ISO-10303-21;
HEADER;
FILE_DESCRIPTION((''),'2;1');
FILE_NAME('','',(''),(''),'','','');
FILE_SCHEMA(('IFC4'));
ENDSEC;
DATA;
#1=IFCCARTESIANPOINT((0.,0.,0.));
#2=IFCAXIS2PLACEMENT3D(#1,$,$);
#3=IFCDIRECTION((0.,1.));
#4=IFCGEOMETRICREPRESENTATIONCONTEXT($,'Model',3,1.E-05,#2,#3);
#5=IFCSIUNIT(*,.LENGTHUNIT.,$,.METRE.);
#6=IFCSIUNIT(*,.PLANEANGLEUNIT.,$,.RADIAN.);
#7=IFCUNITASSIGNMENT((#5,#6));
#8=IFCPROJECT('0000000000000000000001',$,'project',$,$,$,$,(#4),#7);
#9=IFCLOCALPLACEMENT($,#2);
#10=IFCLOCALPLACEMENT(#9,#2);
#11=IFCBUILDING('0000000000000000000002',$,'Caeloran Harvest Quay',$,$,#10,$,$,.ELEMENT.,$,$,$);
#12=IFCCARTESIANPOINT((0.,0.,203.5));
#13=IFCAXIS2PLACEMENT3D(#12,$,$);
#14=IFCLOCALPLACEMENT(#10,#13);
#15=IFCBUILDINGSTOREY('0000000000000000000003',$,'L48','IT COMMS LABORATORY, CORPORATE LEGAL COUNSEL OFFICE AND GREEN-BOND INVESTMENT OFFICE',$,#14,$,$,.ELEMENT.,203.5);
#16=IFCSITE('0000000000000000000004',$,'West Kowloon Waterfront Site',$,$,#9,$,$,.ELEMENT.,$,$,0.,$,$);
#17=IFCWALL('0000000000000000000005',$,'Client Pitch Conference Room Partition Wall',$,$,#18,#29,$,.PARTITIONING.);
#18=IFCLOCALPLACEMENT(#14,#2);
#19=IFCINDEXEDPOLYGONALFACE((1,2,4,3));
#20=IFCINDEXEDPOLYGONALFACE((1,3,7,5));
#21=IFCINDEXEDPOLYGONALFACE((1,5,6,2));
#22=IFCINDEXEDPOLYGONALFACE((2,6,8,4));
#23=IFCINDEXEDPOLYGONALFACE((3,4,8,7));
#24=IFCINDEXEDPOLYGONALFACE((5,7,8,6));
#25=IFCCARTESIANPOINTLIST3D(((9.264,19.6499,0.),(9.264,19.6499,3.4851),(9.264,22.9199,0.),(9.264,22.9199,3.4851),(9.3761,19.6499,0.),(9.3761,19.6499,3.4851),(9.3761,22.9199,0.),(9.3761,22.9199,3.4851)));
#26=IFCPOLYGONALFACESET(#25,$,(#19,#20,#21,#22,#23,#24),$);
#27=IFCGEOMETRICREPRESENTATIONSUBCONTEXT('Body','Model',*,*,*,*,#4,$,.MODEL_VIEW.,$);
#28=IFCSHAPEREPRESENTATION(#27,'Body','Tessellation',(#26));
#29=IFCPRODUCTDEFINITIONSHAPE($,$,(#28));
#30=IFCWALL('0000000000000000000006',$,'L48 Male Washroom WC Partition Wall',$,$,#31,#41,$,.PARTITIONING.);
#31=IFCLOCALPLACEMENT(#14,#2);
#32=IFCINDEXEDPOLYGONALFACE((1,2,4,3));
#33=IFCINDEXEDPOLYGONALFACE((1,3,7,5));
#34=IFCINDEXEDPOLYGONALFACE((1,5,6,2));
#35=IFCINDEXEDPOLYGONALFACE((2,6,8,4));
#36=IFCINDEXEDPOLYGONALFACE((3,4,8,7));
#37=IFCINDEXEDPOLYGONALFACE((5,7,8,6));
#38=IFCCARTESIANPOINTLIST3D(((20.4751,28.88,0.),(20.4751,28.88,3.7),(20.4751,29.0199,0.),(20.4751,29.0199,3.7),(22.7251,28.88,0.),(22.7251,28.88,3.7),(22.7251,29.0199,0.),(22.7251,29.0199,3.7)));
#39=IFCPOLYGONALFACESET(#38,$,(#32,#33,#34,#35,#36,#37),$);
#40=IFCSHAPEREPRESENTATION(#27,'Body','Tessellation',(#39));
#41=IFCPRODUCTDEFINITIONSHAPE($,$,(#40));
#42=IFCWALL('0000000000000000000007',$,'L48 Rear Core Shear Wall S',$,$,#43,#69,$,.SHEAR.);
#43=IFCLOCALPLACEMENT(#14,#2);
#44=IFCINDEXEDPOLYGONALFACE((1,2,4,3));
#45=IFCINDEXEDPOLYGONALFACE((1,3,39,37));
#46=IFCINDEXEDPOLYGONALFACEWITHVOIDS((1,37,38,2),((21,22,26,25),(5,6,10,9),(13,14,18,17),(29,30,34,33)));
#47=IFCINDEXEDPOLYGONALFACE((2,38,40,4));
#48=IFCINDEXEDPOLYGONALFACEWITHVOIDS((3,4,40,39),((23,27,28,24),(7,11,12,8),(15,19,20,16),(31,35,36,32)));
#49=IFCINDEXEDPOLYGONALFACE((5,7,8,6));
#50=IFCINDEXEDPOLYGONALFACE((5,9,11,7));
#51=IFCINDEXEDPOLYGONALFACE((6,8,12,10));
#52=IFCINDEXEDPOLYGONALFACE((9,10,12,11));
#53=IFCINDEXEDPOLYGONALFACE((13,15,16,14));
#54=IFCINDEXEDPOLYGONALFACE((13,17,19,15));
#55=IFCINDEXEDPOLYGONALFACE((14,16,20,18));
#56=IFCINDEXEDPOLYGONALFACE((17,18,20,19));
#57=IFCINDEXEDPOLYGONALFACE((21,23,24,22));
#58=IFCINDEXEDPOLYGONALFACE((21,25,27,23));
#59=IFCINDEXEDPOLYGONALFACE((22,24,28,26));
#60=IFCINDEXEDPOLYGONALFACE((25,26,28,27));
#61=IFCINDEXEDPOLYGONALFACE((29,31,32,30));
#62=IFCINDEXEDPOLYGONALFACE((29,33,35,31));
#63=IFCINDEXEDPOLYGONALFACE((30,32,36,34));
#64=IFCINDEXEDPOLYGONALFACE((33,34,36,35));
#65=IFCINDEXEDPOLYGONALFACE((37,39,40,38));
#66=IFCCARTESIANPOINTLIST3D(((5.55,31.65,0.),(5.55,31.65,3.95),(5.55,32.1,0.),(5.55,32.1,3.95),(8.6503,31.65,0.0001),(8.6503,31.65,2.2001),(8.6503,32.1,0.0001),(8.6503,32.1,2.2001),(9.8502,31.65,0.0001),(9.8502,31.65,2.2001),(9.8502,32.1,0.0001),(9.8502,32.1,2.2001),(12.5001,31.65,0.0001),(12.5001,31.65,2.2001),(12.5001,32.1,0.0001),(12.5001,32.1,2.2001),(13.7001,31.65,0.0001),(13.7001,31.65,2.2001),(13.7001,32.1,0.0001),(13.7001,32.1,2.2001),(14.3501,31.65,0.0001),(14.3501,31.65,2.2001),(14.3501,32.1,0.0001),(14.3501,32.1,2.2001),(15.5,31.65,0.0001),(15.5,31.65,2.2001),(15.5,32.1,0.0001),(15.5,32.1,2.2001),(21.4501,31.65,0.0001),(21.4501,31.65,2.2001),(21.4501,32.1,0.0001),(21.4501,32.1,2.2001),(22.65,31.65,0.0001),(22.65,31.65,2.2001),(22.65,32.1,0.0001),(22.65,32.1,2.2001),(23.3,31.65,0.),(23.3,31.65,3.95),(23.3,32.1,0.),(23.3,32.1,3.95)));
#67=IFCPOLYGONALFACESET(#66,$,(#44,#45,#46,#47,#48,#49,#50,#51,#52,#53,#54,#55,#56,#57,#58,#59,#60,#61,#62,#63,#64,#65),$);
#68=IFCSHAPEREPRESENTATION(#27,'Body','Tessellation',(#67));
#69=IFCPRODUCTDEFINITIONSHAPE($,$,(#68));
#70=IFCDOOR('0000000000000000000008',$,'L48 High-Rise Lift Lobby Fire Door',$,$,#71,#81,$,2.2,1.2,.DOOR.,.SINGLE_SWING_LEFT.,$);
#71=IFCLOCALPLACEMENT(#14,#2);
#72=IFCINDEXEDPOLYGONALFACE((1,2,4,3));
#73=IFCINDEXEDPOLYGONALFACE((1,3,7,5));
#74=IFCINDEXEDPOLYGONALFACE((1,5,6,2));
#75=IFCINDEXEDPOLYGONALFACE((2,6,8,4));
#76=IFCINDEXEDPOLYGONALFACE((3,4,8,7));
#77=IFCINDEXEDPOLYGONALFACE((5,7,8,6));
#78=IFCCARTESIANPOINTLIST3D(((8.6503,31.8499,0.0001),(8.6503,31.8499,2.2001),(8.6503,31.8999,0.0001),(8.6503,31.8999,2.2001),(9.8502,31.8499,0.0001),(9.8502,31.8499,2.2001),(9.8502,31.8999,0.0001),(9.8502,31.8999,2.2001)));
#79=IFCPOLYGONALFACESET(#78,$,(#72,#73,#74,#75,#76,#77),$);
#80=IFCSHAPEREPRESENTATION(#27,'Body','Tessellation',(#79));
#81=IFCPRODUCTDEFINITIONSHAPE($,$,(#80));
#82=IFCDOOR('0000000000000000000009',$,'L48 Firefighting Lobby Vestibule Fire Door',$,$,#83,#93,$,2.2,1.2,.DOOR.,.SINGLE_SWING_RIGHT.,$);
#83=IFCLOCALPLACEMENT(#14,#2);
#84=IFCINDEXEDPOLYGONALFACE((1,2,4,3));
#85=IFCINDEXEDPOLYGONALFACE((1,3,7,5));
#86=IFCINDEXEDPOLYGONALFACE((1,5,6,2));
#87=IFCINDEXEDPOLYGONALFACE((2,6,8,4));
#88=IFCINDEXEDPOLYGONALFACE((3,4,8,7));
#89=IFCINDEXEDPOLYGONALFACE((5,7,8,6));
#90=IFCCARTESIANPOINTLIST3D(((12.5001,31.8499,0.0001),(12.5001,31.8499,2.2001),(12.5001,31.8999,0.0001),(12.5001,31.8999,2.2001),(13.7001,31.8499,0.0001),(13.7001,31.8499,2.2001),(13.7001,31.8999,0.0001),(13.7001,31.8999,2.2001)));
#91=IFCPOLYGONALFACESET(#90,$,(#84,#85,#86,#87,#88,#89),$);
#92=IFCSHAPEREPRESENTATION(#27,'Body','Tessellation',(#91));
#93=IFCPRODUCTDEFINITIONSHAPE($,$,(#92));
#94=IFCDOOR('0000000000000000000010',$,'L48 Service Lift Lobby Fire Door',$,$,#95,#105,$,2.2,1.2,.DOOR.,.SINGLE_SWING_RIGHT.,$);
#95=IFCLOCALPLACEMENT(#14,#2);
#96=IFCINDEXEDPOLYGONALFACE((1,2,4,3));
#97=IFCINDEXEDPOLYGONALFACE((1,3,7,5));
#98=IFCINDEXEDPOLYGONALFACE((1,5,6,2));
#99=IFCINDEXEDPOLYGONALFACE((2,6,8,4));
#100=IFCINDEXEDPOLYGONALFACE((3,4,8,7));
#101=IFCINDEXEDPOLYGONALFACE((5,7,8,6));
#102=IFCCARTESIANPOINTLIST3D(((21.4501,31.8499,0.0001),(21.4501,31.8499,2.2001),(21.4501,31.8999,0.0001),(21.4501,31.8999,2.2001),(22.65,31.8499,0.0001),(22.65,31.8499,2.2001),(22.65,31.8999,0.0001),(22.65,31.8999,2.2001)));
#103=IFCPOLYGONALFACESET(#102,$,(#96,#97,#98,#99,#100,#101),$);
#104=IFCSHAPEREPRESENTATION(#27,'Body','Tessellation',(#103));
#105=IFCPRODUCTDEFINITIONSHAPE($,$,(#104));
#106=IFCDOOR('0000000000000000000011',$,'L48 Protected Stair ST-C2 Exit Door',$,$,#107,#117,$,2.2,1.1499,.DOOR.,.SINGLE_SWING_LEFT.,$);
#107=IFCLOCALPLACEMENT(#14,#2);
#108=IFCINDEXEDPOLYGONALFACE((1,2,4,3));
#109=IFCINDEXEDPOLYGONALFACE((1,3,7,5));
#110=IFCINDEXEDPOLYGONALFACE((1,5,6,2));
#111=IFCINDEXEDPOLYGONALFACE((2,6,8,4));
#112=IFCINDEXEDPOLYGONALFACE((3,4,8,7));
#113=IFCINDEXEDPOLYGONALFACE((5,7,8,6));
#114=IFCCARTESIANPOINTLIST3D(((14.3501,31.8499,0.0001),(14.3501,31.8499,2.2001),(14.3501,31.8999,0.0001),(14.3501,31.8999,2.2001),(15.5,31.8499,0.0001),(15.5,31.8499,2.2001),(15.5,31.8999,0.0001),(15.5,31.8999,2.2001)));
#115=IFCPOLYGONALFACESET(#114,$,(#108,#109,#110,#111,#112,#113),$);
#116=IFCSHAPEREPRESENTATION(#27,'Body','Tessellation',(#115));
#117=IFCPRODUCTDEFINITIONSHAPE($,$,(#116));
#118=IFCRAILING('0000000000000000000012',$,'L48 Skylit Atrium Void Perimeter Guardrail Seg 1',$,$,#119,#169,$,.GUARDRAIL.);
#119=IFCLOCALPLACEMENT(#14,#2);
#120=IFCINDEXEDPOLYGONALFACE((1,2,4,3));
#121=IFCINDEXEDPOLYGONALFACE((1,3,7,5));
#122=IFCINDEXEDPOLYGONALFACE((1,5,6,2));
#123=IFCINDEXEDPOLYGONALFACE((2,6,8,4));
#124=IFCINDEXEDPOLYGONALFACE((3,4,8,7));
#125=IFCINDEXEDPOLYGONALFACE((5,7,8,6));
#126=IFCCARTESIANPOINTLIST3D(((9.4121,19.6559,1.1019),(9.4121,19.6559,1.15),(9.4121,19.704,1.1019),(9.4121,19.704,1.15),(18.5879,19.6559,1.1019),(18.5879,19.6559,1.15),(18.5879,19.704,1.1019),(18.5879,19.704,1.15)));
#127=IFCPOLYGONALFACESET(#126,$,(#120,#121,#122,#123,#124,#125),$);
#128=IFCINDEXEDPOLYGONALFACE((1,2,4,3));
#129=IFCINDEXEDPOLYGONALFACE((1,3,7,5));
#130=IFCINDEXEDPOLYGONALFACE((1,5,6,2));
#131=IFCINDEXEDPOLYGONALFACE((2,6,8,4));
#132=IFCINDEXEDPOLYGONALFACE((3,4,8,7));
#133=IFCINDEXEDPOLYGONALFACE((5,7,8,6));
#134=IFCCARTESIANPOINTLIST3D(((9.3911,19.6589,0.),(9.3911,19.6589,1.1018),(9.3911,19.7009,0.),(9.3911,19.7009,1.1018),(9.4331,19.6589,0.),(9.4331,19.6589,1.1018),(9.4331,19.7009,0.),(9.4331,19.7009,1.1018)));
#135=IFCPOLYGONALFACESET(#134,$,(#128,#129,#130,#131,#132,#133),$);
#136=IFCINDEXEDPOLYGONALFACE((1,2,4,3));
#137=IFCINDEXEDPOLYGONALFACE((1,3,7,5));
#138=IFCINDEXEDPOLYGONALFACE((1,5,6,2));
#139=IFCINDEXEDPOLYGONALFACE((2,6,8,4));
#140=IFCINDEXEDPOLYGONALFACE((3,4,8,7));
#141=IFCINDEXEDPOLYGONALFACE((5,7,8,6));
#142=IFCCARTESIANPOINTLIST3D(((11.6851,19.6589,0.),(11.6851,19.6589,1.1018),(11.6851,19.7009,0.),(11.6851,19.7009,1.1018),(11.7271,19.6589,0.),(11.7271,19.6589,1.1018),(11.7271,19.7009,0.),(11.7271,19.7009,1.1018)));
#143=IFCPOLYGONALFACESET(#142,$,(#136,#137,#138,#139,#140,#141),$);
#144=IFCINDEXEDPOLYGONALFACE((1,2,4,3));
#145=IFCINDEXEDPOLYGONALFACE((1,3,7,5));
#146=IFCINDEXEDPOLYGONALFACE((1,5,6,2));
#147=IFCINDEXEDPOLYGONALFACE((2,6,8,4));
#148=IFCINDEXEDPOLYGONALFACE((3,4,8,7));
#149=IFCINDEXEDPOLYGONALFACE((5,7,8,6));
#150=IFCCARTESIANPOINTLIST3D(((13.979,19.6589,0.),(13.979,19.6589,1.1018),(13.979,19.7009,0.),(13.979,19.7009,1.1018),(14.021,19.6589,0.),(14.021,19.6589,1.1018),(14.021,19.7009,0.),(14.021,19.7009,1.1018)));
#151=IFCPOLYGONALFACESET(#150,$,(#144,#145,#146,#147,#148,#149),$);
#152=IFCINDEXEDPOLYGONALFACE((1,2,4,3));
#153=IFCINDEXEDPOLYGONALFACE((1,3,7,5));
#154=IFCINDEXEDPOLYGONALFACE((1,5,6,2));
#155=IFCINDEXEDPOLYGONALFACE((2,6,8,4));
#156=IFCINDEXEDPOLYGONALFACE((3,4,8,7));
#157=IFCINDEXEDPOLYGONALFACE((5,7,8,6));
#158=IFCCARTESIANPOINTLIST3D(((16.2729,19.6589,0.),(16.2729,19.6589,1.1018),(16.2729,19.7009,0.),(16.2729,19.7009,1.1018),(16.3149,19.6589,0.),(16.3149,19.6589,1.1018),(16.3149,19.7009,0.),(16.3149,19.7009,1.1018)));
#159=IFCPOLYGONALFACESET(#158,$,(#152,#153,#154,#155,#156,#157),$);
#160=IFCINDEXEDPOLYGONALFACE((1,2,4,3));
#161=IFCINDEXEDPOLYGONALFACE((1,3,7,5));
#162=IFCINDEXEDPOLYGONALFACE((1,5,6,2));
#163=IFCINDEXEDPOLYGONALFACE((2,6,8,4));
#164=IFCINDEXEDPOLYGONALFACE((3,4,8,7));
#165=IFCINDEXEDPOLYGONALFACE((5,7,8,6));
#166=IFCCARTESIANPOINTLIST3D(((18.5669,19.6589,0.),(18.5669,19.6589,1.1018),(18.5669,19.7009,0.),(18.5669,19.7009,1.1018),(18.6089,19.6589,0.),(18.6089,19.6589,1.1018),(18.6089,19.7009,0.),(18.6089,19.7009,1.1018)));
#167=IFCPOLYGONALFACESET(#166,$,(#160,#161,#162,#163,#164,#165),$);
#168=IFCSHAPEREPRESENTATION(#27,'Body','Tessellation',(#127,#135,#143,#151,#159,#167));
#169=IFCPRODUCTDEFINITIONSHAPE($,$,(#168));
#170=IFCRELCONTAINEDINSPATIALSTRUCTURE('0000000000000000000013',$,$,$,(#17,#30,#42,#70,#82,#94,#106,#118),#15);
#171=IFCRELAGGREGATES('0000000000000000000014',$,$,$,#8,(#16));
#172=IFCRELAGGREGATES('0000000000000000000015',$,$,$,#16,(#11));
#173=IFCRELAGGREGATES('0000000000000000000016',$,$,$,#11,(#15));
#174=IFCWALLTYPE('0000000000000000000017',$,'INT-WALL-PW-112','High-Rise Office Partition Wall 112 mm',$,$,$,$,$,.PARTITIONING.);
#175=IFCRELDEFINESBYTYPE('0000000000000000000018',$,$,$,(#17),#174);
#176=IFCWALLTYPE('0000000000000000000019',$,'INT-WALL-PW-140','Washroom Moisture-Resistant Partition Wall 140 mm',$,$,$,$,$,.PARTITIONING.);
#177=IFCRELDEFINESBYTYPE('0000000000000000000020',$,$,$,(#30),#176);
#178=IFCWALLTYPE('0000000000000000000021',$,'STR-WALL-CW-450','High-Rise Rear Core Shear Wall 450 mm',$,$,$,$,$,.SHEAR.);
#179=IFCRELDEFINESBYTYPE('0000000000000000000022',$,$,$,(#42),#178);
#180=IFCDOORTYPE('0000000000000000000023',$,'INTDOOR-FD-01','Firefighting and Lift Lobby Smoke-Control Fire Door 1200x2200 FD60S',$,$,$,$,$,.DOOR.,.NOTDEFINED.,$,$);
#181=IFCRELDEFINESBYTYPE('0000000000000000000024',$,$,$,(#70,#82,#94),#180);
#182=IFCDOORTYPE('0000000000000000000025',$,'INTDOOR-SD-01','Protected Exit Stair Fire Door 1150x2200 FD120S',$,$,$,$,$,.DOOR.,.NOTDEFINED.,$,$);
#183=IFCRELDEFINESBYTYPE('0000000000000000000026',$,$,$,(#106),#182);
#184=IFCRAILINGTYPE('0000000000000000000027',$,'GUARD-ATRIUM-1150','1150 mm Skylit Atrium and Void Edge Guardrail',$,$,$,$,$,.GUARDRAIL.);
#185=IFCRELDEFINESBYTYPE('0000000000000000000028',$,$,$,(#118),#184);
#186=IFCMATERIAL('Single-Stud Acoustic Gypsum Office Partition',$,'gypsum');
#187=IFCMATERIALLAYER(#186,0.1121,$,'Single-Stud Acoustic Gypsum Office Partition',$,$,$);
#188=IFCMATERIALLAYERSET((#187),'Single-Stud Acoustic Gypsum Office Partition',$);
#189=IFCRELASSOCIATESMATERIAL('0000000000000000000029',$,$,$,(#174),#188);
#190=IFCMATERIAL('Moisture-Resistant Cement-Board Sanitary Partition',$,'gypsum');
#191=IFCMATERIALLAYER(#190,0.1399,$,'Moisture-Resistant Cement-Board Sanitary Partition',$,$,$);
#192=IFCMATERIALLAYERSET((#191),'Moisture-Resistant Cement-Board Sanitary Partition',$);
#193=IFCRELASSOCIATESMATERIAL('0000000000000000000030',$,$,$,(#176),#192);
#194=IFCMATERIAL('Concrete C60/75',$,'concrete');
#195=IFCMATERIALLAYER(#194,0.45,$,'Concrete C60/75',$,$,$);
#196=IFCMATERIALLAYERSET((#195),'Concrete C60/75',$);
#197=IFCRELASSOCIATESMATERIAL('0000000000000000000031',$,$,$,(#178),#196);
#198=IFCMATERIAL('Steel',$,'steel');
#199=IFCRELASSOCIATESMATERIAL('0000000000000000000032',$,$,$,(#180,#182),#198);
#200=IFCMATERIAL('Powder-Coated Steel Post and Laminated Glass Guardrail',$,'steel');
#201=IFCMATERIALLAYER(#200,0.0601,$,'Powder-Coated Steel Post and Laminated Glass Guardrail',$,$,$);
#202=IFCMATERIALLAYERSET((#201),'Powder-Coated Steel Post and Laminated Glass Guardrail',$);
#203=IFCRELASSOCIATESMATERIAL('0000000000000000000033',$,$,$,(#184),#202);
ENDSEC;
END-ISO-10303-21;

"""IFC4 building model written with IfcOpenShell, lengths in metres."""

from ifc_helpers import new_model, si_unit, direction, frame, frame_2d, origin, origin_2d, place, context, subcontext, project, spatial, rectangle, extrude, material, layer, layer_set, type_object, element, fill, save


model = new_model("IFC4")

# Units and contexts
model_context = context("Model", 3, precision=1e-05, world=origin(), true_north=direction((0.0, 1.0)))
body_context = subcontext(model_context, "Body", "Model", "MODEL_VIEW")
ifc_project = project(units=[si_unit("LENGTHUNIT", "METRE"), si_unit("PLANEANGLEUNIT", "RADIAN")], contexts=[model_context])

# Site, building, storey
site_placement = place(None, origin())
site = spatial("IfcSite", under=ifc_project, at=site_placement, Name="West Kowloon Waterfront Site", CompositionType="ELEMENT", RefElevation=0.0)
building_placement = place(site_placement, origin())
building = spatial("IfcBuilding", under=site, at=building_placement, Name="Caeloran Harvest Quay", CompositionType="ELEMENT")
storey_placement = place(building_placement, frame((0.0, 0.0, 203.5)))
storey = spatial("IfcBuildingStorey", under=building, at=storey_placement, Name="L48", Description="IT COMMS LABORATORY, CORPORATE LEGAL COUNSEL OFFICE AND GREEN-BOND INVESTMENT OFFICE", CompositionType="ELEMENT", Elevation=203.5)

# Shared definitions
ifc_material_1 = material(Name="Concrete C60/75", Category="concrete")

# Shared definitions
ifc_material_2 = material(Name="Single-Stud Acoustic Gypsum Office Partition", Category="gypsum")
ifc_layer_1 = layer(ifc_material_2, 0.1121, Name="Single-Stud Acoustic Gypsum Office Partition")
ifc_layer_set_1 = layer_set([ifc_layer_1], Name="Single-Stud Acoustic Gypsum Office Partition")
wall_type_1 = type_object("IfcWallType", Name="INT-WALL-PW-112", Description="High-Rise Office Partition Wall 112 mm", PredefinedType="PARTITIONING", material=ifc_layer_set_1)

# Wall
wall_1_placement = place(storey_placement, frame((9.3201, 22.9199, 0.0), z_axis=(0.0, 0.0, 1.0), x_axis=(0.0, -1.0, 0.0)))
element("IfcWall", 1, at=wall_1_placement, inside=storey, type_object=wall_type_1, Name="Client Pitch Conference Room Partition Wall", PredefinedType="PARTITIONING", context=body_context, shape_type="SweptSolid", body=[
    extrude(rectangle(XDim=3.27, YDim=0.1121, at=frame_2d((1.635, 0.0))), origin(), (0.0, 0.0, 1.0), 3.4851),
])

# Shared definitions
ifc_material_3 = material(Name="Moisture-Resistant Cement-Board Sanitary Partition", Category="gypsum")
ifc_layer_2 = layer(ifc_material_3, 0.1399, Name="Moisture-Resistant Cement-Board Sanitary Partition")
ifc_layer_set_2 = layer_set([ifc_layer_2], Name="Moisture-Resistant Cement-Board Sanitary Partition")
wall_type_2 = type_object("IfcWallType", Name="INT-WALL-PW-140", Description="Washroom Moisture-Resistant Partition Wall 140 mm", PredefinedType="PARTITIONING", material=ifc_layer_set_2)

# Wall
wall_2_placement = place(storey_placement, frame((20.4751, 28.95, 0.0), z_axis=(0.0, 0.0, 1.0), x_axis=(1.0, 0.0, 0.0)))
element("IfcWall", 2, at=wall_2_placement, inside=storey, type_object=wall_type_2, Name="L48 Male Washroom WC Partition Wall", PredefinedType="PARTITIONING", context=body_context, shape_type="SweptSolid", body=[
    extrude(rectangle(XDim=2.25, YDim=0.1399, at=frame_2d((1.125, 0.0))), origin(), (0.0, 0.0, 1.0), 3.7),
])

# Wall, openings, doors
ifc_layer_3 = layer(ifc_material_1, 0.45, Name="Concrete C60/75")
ifc_layer_set_3 = layer_set([ifc_layer_3], Name="Concrete C60/75")
wall_type_3 = type_object("IfcWallType", Name="STR-WALL-CW-450", Description="High-Rise Rear Core Shear Wall 450 mm", PredefinedType="SHEAR", material=ifc_layer_set_3)
wall_3_placement = place(storey_placement, frame((5.55, 31.875, 0.0), z_axis=(0.0, 0.0, 1.0), x_axis=(1.0, 0.0, 0.0)))
wall_3 = element("IfcWall", 3, at=wall_3_placement, inside=storey, type_object=wall_type_3, Name="L48 Rear Core Shear Wall S", PredefinedType="SHEAR", context=body_context, shape_type="SweptSolid", body=[
    extrude(rectangle(XDim=17.75, YDim=0.45, at=frame_2d((8.875, 0.0))), origin(), (0.0, 0.0, 1.0), 3.95),
])
opening_1_placement = place(wall_3_placement, frame((3.1001, 0.0, 0.0)))
opening_1 = element("IfcOpeningElement", 4, at=opening_1_placement, cuts=wall_3, PredefinedType="OPENING", context=body_context, shape_type="SweptSolid", body=[
    extrude(rectangle(XDim=1.2, YDim=2.2, at=frame_2d((0.6001, 1.1001))), frame((0.0, 0.2349, 0.0), z_axis=(0.0, -1.0, 0.0), x_axis=(1.0, 0.0, 0.0)), (0.0, 0.0, 1.0), 0.47),
])
opening_2_placement = place(wall_3_placement, frame((6.95, 0.0, 0.0)))
opening_2 = element("IfcOpeningElement", 5, at=opening_2_placement, cuts=wall_3, PredefinedType="OPENING", context=body_context, shape_type="SweptSolid", body=[
    extrude(rectangle(XDim=1.2, YDim=2.2, at=frame_2d((0.6001, 1.1001))), frame((0.0, 0.2349, 0.0), z_axis=(0.0, -1.0, 0.0), x_axis=(1.0, 0.0, 0.0)), (0.0, 0.0, 1.0), 0.47),
])
opening_3_placement = place(wall_3_placement, frame((8.8, 0.0, 0.0)))
opening_3 = element("IfcOpeningElement", 6, at=opening_3_placement, cuts=wall_3, PredefinedType="OPENING", context=body_context, shape_type="SweptSolid", body=[
    extrude(rectangle(XDim=1.1499, YDim=2.2, at=frame_2d((0.575, 1.1001))), frame((0.0, 0.2349, 0.0), z_axis=(0.0, -1.0, 0.0), x_axis=(1.0, 0.0, 0.0)), (0.0, 0.0, 1.0), 0.47),
])
opening_4_placement = place(wall_3_placement, frame((15.8999, 0.0, 0.0)))
opening_4 = element("IfcOpeningElement", 7, at=opening_4_placement, cuts=wall_3, PredefinedType="OPENING", context=body_context, shape_type="SweptSolid", body=[
    extrude(rectangle(XDim=1.2, YDim=2.2, at=frame_2d((0.6001, 1.1001))), frame((0.0, 0.2349, 0.0), z_axis=(0.0, -1.0, 0.0), x_axis=(1.0, 0.0, 0.0)), (0.0, 0.0, 1.0), 0.47),
])
ifc_material_4 = material(Name="Steel", Category="steel")
door_type_1 = type_object("IfcDoorType", Name="INTDOOR-FD-01", Description="Firefighting and Lift Lobby Smoke-Control Fire Door 1200x2200 FD60S", OperationType="NOTDEFINED", PredefinedType="DOOR", material=ifc_material_4)
door_1_placement = place(opening_1_placement, origin())
door_1 = element("IfcDoor", 8, at=door_1_placement, inside=storey, type_object=door_type_1, Name="L48 High-Rise Lift Lobby Fire Door", OperationType="SINGLE_SWING_LEFT", OverallHeight=2.2, OverallWidth=1.2, PredefinedType="DOOR", context=body_context, shape_type="SweptSolid", body=[
    extrude(rectangle(XDim=1.2, YDim=2.2, at=frame_2d((0.6001, 1.1001))), frame((0.0, 0.0249, 0.0), z_axis=(0.0, -1.0, 0.0), x_axis=(1.0, 0.0, 0.0)), (0.0, 0.0, 1.0), 0.05),
])
fill(opening_1, door_1)
door_2_placement = place(opening_2_placement, origin())
door_2 = element("IfcDoor", 9, at=door_2_placement, inside=storey, type_object=door_type_1, Name="L48 Firefighting Lobby Vestibule Fire Door", OperationType="SINGLE_SWING_RIGHT", OverallHeight=2.2, OverallWidth=1.2, PredefinedType="DOOR", context=body_context, shape_type="SweptSolid", body=[
    extrude(rectangle(XDim=1.2, YDim=2.2, at=frame_2d((0.6001, 1.1001))), frame((0.0, 0.0249, 0.0), z_axis=(0.0, -1.0, 0.0), x_axis=(1.0, 0.0, 0.0)), (0.0, 0.0, 1.0), 0.05),
])
fill(opening_2, door_2)
door_3_placement = place(opening_4_placement, origin())
door_3 = element("IfcDoor", 10, at=door_3_placement, inside=storey, type_object=door_type_1, Name="L48 Service Lift Lobby Fire Door", OperationType="SINGLE_SWING_RIGHT", OverallHeight=2.2, OverallWidth=1.2, PredefinedType="DOOR", context=body_context, shape_type="SweptSolid", body=[
    extrude(rectangle(XDim=1.2, YDim=2.2, at=frame_2d((0.6001, 1.1001))), frame((0.0, 0.0249, 0.0), z_axis=(0.0, -1.0, 0.0), x_axis=(1.0, 0.0, 0.0)), (0.0, 0.0, 1.0), 0.05),
])
fill(opening_4, door_3)
door_type_2 = type_object("IfcDoorType", Name="INTDOOR-SD-01", Description="Protected Exit Stair Fire Door 1150x2200 FD120S", OperationType="NOTDEFINED", PredefinedType="DOOR", material=ifc_material_4)
door_4_placement = place(opening_3_placement, origin())
door_4 = element("IfcDoor", 11, at=door_4_placement, inside=storey, type_object=door_type_2, Name="L48 Protected Stair ST-C2 Exit Door", OperationType="SINGLE_SWING_LEFT", OverallHeight=2.2, OverallWidth=1.1499, PredefinedType="DOOR", context=body_context, shape_type="SweptSolid", body=[
    extrude(rectangle(XDim=1.1499, YDim=2.2, at=frame_2d((0.575, 1.1001))), frame((0.0, 0.0249, 0.0), z_axis=(0.0, -1.0, 0.0), x_axis=(1.0, 0.0, 0.0)), (0.0, 0.0, 1.0), 0.05),
])
fill(opening_3, door_4)

# Railing
ifc_material_5 = material(Name="Powder-Coated Steel Post and Laminated Glass Guardrail", Category="steel")
ifc_layer_4 = layer(ifc_material_5, 0.0601, Name="Powder-Coated Steel Post and Laminated Glass Guardrail")
ifc_layer_set_4 = layer_set([ifc_layer_4], Name="Powder-Coated Steel Post and Laminated Glass Guardrail")
railing_type = type_object("IfcRailingType", Name="GUARD-ATRIUM-1150", Description="1150 mm Skylit Atrium and Void Edge Guardrail", PredefinedType="GUARDRAIL", material=ifc_layer_set_4)
railing_1_placement = place(storey_placement, frame((9.4121, 19.6799, 0.0)))
element("IfcRailing", 12, at=railing_1_placement, inside=storey, type_object=railing_type, Name="L48 Skylit Atrium Void Perimeter Guardrail Seg 1", PredefinedType="GUARDRAIL", context=body_context, shape_type="SweptSolid", body=[
    extrude(rectangle(XDim=0.0481, YDim=0.0481, at=origin_2d()), frame((0.0, 0.0, 1.126), z_axis=(1.0, 0.0, 0.0), x_axis=(0.0, 1.0, 0.0)), (0.0, 0.0, 1.0), 9.1758),
    extrude(rectangle(XDim=0.042, YDim=0.042, at=origin_2d()), origin(), (0.0, 0.0, 1.0), 1.1018),
    extrude(rectangle(XDim=0.042, YDim=0.042, at=origin_2d()), frame((2.2939, 0.0, 0.0)), (0.0, 0.0, 1.0), 1.1018),
    extrude(rectangle(XDim=0.042, YDim=0.042, at=origin_2d()), frame((4.5879, 0.0, 0.0)), (0.0, 0.0, 1.0), 1.1018),
    extrude(rectangle(XDim=0.042, YDim=0.042, at=origin_2d()), frame((6.8818, 0.0, 0.0)), (0.0, 0.0, 1.0), 1.1018),
    extrude(rectangle(XDim=0.042, YDim=0.042, at=origin_2d()), frame((9.1758, 0.0, 0.0)), (0.0, 0.0, 1.0), 1.1018),
])

save(model, "model.ifc")
